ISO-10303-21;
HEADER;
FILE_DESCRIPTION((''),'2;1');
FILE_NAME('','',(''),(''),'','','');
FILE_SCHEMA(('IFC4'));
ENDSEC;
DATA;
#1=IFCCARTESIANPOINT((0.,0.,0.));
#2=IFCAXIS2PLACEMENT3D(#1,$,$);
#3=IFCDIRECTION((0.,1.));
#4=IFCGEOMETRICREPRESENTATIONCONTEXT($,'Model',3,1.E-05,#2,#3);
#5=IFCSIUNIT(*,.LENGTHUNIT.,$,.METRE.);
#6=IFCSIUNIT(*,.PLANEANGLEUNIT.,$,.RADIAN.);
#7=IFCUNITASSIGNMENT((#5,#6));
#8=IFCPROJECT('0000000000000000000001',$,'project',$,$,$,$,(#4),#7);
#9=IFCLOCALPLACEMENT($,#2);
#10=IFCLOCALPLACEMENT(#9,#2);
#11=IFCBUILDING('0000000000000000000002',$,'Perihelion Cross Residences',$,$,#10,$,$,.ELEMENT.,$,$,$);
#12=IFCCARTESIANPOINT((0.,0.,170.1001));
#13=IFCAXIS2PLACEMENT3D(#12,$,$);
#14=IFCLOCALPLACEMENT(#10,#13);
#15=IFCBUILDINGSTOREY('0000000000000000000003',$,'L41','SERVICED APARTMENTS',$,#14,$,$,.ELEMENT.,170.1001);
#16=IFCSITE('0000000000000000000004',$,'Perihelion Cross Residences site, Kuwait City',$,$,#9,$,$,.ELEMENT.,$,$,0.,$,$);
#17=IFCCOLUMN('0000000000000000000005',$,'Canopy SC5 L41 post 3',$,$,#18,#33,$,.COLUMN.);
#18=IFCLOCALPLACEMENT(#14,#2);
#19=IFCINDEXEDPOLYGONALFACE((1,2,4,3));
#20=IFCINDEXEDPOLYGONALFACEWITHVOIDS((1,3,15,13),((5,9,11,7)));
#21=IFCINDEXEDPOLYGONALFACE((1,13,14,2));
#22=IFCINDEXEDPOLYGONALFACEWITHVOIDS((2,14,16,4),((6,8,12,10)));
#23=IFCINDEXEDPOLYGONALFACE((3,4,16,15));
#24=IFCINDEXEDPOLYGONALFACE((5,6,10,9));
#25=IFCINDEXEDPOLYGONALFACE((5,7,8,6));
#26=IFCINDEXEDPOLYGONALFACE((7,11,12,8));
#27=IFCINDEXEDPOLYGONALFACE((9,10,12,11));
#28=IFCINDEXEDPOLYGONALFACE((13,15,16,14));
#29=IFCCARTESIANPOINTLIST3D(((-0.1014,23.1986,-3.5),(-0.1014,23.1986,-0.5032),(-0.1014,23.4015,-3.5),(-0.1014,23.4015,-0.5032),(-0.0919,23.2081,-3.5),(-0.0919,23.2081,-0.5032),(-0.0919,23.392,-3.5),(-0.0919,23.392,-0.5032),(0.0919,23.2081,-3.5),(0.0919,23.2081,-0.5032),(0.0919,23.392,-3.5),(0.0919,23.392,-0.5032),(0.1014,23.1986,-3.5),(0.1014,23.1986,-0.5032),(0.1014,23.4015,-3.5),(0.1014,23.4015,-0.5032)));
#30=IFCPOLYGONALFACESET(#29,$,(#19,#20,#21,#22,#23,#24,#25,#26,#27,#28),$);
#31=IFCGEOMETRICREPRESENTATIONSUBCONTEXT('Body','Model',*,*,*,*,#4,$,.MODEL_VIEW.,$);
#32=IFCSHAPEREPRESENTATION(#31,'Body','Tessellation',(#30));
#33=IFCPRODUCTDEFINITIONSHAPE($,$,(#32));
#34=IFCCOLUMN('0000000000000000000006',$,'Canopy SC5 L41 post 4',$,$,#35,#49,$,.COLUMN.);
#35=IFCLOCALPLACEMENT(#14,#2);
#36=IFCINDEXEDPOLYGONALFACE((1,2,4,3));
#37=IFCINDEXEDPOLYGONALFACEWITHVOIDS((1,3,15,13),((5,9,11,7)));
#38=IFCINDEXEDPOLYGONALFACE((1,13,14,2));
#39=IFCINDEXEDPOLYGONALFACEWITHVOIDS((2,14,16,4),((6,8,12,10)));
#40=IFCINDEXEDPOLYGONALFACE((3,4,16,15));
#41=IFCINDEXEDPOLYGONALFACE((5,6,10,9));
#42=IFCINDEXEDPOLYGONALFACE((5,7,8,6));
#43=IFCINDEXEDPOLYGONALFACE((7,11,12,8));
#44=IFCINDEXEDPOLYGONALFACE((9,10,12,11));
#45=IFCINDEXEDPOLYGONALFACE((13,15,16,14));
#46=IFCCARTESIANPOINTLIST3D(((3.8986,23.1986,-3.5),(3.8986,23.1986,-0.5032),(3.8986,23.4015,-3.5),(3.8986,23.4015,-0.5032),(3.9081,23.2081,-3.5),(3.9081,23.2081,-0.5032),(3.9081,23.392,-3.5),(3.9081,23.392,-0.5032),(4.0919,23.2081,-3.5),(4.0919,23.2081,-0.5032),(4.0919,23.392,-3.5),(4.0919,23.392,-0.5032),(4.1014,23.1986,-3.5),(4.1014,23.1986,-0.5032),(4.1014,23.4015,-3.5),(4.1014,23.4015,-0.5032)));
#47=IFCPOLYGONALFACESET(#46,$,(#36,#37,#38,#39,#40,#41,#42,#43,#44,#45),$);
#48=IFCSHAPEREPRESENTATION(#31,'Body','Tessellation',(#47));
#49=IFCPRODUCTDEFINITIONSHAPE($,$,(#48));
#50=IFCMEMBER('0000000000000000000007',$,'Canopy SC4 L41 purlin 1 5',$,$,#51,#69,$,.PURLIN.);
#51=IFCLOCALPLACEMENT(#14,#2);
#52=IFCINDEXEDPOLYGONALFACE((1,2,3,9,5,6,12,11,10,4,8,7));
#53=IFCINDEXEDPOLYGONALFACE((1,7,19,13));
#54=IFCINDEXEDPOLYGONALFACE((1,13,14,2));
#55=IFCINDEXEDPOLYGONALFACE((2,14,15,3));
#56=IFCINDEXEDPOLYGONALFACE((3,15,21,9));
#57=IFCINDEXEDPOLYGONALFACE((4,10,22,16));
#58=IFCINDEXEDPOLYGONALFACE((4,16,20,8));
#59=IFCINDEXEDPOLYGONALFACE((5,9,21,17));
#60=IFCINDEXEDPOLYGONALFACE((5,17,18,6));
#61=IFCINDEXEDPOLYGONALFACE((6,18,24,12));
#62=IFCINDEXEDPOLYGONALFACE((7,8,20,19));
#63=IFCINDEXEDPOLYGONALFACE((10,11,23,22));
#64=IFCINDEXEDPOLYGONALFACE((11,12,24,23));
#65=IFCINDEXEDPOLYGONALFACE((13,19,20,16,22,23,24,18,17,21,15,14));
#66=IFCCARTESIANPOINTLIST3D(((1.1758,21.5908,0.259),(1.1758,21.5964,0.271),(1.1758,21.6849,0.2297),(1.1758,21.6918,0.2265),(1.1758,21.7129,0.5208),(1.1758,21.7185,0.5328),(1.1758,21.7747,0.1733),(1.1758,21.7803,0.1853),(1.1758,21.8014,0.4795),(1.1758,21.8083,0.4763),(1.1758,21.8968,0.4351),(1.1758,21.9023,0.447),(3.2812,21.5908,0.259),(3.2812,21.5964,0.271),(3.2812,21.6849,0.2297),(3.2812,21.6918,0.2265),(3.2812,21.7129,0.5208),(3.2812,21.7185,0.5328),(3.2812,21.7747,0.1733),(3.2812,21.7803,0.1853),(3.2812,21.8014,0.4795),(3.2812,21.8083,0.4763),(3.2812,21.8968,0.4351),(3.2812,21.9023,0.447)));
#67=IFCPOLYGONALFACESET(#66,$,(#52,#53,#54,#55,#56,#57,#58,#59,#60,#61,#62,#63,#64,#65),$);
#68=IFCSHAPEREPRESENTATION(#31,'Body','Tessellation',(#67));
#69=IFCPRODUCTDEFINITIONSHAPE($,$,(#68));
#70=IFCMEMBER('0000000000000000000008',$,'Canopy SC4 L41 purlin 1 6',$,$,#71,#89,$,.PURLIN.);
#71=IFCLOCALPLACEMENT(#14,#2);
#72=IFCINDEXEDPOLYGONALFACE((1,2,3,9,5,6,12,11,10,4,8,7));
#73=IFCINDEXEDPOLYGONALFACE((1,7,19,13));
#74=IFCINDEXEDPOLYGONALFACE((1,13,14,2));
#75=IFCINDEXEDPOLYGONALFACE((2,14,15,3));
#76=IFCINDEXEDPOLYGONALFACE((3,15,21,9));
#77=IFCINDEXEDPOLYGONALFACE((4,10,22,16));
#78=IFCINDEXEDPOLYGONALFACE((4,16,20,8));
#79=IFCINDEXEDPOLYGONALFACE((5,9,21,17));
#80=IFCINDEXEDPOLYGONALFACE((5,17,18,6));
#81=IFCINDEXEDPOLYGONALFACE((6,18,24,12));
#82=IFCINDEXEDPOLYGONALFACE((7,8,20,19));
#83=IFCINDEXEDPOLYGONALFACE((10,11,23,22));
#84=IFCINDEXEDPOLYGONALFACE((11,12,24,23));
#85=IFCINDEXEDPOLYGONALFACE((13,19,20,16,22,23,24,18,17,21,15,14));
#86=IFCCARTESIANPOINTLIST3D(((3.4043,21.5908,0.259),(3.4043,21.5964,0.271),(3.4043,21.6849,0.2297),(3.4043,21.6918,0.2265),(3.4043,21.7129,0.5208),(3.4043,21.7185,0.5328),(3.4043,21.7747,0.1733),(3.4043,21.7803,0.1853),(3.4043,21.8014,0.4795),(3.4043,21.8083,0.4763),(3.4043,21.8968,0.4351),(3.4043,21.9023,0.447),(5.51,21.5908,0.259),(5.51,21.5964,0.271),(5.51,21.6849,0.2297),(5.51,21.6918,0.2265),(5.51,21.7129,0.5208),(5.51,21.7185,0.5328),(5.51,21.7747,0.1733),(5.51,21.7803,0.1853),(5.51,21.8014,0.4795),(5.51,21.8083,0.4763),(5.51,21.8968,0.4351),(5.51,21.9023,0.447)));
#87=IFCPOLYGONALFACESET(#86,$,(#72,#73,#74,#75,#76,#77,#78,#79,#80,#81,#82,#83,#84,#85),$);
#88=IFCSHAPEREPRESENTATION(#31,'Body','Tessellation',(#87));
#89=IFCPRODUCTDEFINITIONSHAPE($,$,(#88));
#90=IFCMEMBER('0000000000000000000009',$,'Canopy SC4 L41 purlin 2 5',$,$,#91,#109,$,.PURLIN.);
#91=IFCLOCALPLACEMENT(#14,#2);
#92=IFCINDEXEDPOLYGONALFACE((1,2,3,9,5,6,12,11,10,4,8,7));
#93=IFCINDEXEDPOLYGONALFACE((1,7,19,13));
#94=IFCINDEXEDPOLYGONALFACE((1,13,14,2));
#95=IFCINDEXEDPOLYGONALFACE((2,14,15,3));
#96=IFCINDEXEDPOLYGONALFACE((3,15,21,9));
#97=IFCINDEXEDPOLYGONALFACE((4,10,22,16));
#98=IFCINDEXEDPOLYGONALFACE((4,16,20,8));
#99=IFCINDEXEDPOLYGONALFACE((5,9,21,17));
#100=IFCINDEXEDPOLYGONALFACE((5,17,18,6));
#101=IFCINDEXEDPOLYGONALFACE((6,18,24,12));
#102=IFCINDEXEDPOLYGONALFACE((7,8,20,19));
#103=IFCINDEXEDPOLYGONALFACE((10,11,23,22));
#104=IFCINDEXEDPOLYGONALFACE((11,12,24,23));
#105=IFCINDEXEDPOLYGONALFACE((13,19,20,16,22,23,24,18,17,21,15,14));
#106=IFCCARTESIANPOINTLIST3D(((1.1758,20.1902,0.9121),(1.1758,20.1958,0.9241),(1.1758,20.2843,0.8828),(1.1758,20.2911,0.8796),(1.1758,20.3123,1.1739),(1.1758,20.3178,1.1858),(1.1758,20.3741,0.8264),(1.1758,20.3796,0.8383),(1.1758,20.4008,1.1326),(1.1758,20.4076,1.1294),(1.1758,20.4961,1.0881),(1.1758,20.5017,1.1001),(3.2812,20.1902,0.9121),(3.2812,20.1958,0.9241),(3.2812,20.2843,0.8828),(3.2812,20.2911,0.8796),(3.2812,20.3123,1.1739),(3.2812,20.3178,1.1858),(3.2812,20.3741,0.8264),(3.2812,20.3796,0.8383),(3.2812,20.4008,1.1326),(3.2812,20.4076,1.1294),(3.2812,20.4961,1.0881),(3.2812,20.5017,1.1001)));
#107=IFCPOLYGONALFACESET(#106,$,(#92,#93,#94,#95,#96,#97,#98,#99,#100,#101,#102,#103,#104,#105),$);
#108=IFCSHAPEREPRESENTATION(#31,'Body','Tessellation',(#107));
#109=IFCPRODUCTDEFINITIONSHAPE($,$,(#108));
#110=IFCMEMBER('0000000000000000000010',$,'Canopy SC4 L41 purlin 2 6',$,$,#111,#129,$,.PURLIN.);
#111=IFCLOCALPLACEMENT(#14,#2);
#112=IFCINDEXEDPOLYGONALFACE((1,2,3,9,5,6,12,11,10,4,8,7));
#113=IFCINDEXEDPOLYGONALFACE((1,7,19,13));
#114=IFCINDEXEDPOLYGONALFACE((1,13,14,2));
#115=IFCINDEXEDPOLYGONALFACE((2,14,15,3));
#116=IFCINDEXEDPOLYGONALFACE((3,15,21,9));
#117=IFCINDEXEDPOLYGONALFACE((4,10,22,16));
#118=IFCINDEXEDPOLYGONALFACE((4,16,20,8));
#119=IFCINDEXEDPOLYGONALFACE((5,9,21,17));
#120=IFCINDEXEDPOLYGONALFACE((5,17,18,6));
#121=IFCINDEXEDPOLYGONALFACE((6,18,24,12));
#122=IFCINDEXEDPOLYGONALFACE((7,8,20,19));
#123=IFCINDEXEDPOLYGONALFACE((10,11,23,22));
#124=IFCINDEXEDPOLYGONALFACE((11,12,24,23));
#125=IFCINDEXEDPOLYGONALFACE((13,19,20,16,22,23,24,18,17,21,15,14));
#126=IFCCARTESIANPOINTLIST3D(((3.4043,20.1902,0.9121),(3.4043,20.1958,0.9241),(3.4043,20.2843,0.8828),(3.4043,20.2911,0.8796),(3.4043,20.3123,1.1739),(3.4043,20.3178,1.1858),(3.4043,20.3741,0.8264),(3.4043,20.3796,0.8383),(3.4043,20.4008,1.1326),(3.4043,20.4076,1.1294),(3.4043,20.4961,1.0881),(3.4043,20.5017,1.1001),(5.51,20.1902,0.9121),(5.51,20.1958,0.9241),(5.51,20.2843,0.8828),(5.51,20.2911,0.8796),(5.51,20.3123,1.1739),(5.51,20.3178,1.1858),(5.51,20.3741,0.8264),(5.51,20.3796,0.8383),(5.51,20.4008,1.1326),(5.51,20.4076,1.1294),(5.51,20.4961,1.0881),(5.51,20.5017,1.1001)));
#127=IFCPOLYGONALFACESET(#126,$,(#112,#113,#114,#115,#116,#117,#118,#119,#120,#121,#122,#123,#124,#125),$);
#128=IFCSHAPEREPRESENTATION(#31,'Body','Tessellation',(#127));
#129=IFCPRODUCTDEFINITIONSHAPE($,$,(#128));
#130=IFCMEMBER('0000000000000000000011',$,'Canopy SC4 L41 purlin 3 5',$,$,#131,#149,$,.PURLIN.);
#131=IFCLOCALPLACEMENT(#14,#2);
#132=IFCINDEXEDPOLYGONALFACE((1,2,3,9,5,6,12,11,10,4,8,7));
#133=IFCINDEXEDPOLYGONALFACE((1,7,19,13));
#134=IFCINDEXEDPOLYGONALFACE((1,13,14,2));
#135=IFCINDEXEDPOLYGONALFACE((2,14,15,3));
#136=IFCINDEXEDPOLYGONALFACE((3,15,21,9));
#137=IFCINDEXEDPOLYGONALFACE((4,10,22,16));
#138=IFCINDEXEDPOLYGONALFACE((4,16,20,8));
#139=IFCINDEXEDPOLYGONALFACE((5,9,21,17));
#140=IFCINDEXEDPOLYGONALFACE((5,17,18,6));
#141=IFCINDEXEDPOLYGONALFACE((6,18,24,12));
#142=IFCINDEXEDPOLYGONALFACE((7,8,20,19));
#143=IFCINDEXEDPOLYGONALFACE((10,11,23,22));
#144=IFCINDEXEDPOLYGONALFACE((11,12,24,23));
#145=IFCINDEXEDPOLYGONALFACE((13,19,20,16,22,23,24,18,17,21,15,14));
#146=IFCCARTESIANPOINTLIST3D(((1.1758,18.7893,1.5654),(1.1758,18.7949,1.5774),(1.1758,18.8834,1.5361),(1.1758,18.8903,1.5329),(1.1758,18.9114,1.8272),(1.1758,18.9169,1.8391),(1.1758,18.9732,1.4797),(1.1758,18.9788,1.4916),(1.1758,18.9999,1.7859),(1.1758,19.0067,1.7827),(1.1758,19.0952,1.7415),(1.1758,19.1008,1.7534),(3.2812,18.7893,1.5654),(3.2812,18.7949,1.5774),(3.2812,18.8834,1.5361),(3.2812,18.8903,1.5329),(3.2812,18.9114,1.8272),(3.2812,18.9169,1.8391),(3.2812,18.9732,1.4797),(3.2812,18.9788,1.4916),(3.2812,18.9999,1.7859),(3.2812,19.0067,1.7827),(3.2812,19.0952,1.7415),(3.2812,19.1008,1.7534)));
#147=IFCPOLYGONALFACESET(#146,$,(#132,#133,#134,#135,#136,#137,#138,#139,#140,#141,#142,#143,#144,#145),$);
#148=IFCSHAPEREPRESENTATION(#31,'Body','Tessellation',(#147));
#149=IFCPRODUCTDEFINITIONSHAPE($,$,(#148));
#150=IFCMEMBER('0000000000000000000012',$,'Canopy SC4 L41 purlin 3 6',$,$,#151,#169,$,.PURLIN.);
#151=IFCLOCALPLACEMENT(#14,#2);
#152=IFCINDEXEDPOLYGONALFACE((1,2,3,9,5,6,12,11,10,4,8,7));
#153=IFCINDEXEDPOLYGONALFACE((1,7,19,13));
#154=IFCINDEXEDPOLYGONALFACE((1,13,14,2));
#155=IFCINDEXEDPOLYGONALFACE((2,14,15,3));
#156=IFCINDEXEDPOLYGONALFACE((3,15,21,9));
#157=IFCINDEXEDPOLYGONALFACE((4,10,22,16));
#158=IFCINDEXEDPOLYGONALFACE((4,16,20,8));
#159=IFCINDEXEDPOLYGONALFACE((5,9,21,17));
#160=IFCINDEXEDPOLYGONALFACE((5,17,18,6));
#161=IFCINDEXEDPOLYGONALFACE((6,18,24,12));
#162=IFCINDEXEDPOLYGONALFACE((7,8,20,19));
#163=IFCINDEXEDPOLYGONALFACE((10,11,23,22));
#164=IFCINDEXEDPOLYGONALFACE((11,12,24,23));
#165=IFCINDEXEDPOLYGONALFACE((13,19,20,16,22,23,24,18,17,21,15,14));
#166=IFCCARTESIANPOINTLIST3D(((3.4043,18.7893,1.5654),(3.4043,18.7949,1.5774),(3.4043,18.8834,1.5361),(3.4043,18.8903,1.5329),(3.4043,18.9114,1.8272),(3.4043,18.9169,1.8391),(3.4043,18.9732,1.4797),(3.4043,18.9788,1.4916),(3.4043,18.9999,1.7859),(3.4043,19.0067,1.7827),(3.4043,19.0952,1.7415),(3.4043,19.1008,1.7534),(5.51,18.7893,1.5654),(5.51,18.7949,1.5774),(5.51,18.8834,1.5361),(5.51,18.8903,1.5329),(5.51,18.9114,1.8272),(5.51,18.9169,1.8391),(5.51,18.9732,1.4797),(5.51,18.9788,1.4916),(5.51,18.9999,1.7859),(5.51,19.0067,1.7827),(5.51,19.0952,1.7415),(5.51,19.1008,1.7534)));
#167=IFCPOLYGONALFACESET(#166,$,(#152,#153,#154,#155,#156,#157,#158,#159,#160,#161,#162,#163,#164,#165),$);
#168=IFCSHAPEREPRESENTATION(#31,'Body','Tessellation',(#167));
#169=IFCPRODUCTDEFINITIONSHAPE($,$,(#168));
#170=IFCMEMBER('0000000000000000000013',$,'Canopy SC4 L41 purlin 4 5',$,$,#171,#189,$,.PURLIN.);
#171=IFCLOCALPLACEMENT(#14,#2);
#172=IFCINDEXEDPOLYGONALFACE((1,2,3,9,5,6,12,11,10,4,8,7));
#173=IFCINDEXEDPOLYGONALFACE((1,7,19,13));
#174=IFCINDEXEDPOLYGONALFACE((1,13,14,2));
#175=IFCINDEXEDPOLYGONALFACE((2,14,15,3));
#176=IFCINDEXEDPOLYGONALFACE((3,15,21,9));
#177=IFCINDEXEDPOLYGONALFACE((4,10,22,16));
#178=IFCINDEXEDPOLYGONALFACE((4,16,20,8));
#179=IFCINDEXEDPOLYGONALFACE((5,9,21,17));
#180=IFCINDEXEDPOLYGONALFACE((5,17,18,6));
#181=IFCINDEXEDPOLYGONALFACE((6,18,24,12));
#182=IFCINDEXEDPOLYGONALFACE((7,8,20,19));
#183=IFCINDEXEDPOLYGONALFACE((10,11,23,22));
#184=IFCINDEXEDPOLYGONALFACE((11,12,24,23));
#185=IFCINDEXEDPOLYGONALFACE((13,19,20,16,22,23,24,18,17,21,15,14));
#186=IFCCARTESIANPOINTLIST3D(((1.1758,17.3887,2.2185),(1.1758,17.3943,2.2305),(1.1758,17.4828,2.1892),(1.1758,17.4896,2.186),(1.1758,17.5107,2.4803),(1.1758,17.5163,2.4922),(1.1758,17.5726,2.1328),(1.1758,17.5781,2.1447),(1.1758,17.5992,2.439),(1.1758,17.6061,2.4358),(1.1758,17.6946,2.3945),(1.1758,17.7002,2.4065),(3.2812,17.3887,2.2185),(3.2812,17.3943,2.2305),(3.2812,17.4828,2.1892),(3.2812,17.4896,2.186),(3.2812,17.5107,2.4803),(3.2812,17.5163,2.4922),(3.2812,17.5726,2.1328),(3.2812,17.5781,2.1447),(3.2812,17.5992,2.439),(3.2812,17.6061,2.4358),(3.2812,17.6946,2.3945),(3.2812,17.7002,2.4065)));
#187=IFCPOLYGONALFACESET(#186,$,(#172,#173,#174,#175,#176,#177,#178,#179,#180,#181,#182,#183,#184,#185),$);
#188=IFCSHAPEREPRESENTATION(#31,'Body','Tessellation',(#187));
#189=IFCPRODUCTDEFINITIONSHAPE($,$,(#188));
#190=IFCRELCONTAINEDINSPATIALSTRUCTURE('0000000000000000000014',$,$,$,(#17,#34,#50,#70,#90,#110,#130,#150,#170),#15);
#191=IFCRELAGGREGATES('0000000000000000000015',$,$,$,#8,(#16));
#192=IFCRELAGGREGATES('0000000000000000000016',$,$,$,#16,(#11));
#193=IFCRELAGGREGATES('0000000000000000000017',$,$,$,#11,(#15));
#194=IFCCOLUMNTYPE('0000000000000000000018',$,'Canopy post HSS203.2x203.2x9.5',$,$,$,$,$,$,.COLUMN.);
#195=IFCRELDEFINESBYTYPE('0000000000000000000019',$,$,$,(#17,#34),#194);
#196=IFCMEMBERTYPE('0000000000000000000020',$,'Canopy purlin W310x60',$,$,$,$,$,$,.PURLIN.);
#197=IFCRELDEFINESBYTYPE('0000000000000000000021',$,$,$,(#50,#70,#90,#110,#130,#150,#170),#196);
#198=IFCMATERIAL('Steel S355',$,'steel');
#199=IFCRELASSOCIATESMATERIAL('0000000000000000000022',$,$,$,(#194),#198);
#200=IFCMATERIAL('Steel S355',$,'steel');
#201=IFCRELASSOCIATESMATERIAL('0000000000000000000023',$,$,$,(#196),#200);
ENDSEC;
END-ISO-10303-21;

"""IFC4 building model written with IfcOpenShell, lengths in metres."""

from ifc_helpers import new_model, si_unit, direction, frame, origin, origin_2d, place, context, subcontext, project, spatial, hollow_rectangle, i_section, extrude, material, material_profile, profile_set, type_object, element, save


model = new_model("IFC4")

# Units and contexts
model_context = context("Model", 3, precision=1e-05, world=origin(), true_north=direction((0.0, 1.0)))
body_context = subcontext(model_context, "Body", "Model", "MODEL_VIEW")
ifc_project = project(units=[si_unit("LENGTHUNIT", "METRE"), si_unit("PLANEANGLEUNIT", "RADIAN")], contexts=[model_context])

# Site, building, storey
site_placement = place(None, origin())
site = spatial("IfcSite", under=ifc_project, at=site_placement, Name="Perihelion Cross Residences site, Kuwait City", CompositionType="ELEMENT", RefElevation=0.0)
building_placement = place(site_placement, origin())
building = spatial("IfcBuilding", under=site, at=building_placement, Name="Perihelion Cross Residences", CompositionType="ELEMENT")
storey_placement = place(building_placement, frame((0.0, 0.0, 170.1001)))
storey = spatial("IfcBuildingStorey", under=building, at=storey_placement, Name="L41", Description="SERVICED APARTMENTS", CompositionType="ELEMENT", Elevation=170.1001)

# Columns
ifc_material_1 = material(Name="Steel S355", Category="steel")
ifc_material_profile_1 = material_profile(ifc_material_1, hollow_rectangle(XDim=0.2029, YDim=0.2029, WallThickness=0.0095, at=origin_2d()), Name="HSS203.2x203.2x9.5")
ifc_profile_set_1 = profile_set([ifc_material_profile_1], Name="Steel S355")
column_type = type_object("IfcColumnType", Name="Canopy post HSS203.2x203.2x9.5", PredefinedType="COLUMN", material=ifc_profile_set_1)
for number, where, z_axis, x_axis, name in (
    (1, (0.0, 23.3, -3.5), (0.0, 0.0, 1.0), (1.0, 0.0, 0.0), "Canopy SC5 L41 post 3"),
    (2, (4.0, 23.3, -3.5), (0.0, 0.0, 1.0), (1.0, 0.0, 0.0), "Canopy SC5 L41 post 4"),
):
    element("IfcColumn", number, at=place(storey_placement, frame(where, z_axis=z_axis, x_axis=x_axis)), inside=storey, type_object=column_type, Name=name, PredefinedType="COLUMN", context=body_context, shape_type="SweptSolid", body=[
        extrude(hollow_rectangle(XDim=0.2029, YDim=0.2029, WallThickness=0.0095, at=origin_2d()), origin(), (0.0, 0.0, 1.0), 2.9968),
    ])

# Members
ifc_material_2 = material(Name="Steel S355", Category="steel")
ifc_material_profile_2 = material_profile(ifc_material_2, i_section(OverallWidth=0.2029, OverallDepth=0.302, WebThickness=0.0076, FlangeThickness=0.0132, at=origin_2d()), Name="W310x60")
ifc_profile_set_2 = profile_set([ifc_material_profile_2], Name="Steel S355")
member_type = type_object("IfcMemberType", Name="Canopy purlin W310x60", PredefinedType="PURLIN", material=ifc_profile_set_2)
member_1_placement = place(storey_placement, frame((1.1758, 21.7466, 0.353), z_axis=(1.0, 0.0, 0.0), x_axis=(0.0, 0.906308, -0.422618)))
element("IfcMember", 3, at=member_1_placement, inside=storey, type_object=member_type, Name="Canopy SC4 L41 purlin 1 5", PredefinedType="PURLIN", context=body_context, shape_type="SweptSolid", body=[
    extrude(i_section(OverallWidth=0.2029, OverallDepth=0.302, WebThickness=0.0076, FlangeThickness=0.0132, at=origin_2d()), origin(), (0.0, 0.0, 1.0), 2.1055),
])
member_2_placement = place(storey_placement, frame((3.4043, 21.7466, 0.353), z_axis=(1.0, 0.0, 0.0), x_axis=(0.0, 0.906308, -0.422618)))
element("IfcMember", 4, at=member_2_placement, inside=storey, type_object=member_type, Name="Canopy SC4 L41 purlin 1 6", PredefinedType="PURLIN", context=body_context, shape_type="SweptSolid", body=[
    extrude(i_section(OverallWidth=0.2029, OverallDepth=0.302, WebThickness=0.0076, FlangeThickness=0.0132, at=origin_2d()), origin(), (0.0, 0.0, 1.0), 2.1057),
])
member_3_placement = place(storey_placement, frame((1.1758, 20.3459, 1.0061), z_axis=(1.0, 0.0, 0.0), x_axis=(0.0, 0.906308, -0.422618)))
element("IfcMember", 5, at=member_3_placement, inside=storey, type_object=member_type, Name="Canopy SC4 L41 purlin 2 5", PredefinedType="PURLIN", context=body_context, shape_type="SweptSolid", body=[
    extrude(i_section(OverallWidth=0.2029, OverallDepth=0.302, WebThickness=0.0076, FlangeThickness=0.0132, at=origin_2d()), origin(), (0.0, 0.0, 1.0), 2.1055),
])
member_4_placement = place(storey_placement, frame((3.4043, 20.3459, 1.0061), z_axis=(1.0, 0.0, 0.0), x_axis=(0.0, 0.906308, -0.422618)))
element("IfcMember", 6, at=member_4_placement, inside=storey, type_object=member_type, Name="Canopy SC4 L41 purlin 2 6", PredefinedType="PURLIN", context=body_context, shape_type="SweptSolid", body=[
    extrude(i_section(OverallWidth=0.2029, OverallDepth=0.302, WebThickness=0.0076, FlangeThickness=0.0132, at=origin_2d()), origin(), (0.0, 0.0, 1.0), 2.1057),
])
member_5_placement = place(storey_placement, frame((1.1758, 18.9451, 1.6594), z_axis=(1.0, 0.0, 0.0), x_axis=(0.0, 0.906308, -0.422618)))
element("IfcMember", 7, at=member_5_placement, inside=storey, type_object=member_type, Name="Canopy SC4 L41 purlin 3 5", PredefinedType="PURLIN", context=body_context, shape_type="SweptSolid", body=[
    extrude(i_section(OverallWidth=0.2029, OverallDepth=0.302, WebThickness=0.0076, FlangeThickness=0.0132, at=origin_2d()), origin(), (0.0, 0.0, 1.0), 2.1055),
])
member_6_placement = place(storey_placement, frame((3.4043, 18.9451, 1.6594), z_axis=(1.0, 0.0, 0.0), x_axis=(0.0, 0.906308, -0.422618)))
element("IfcMember", 8, at=member_6_placement, inside=storey, type_object=member_type, Name="Canopy SC4 L41 purlin 3 6", PredefinedType="PURLIN", context=body_context, shape_type="SweptSolid", body=[
    extrude(i_section(OverallWidth=0.2029, OverallDepth=0.302, WebThickness=0.0076, FlangeThickness=0.0132, at=origin_2d()), origin(), (0.0, 0.0, 1.0), 2.1057),
])
member_7_placement = place(storey_placement, frame((1.1758, 17.5444, 2.3125), z_axis=(1.0, 0.0, 0.0), x_axis=(0.0, 0.906308, -0.422618)))
element("IfcMember", 9, at=member_7_placement, inside=storey, type_object=member_type, Name="Canopy SC4 L41 purlin 4 5", PredefinedType="PURLIN", context=body_context, shape_type="SweptSolid", body=[
    extrude(i_section(OverallWidth=0.2029, OverallDepth=0.302, WebThickness=0.0076, FlangeThickness=0.0132, at=origin_2d()), origin(), (0.0, 0.0, 1.0), 2.1055),
])

save(model, "model.ifc")
